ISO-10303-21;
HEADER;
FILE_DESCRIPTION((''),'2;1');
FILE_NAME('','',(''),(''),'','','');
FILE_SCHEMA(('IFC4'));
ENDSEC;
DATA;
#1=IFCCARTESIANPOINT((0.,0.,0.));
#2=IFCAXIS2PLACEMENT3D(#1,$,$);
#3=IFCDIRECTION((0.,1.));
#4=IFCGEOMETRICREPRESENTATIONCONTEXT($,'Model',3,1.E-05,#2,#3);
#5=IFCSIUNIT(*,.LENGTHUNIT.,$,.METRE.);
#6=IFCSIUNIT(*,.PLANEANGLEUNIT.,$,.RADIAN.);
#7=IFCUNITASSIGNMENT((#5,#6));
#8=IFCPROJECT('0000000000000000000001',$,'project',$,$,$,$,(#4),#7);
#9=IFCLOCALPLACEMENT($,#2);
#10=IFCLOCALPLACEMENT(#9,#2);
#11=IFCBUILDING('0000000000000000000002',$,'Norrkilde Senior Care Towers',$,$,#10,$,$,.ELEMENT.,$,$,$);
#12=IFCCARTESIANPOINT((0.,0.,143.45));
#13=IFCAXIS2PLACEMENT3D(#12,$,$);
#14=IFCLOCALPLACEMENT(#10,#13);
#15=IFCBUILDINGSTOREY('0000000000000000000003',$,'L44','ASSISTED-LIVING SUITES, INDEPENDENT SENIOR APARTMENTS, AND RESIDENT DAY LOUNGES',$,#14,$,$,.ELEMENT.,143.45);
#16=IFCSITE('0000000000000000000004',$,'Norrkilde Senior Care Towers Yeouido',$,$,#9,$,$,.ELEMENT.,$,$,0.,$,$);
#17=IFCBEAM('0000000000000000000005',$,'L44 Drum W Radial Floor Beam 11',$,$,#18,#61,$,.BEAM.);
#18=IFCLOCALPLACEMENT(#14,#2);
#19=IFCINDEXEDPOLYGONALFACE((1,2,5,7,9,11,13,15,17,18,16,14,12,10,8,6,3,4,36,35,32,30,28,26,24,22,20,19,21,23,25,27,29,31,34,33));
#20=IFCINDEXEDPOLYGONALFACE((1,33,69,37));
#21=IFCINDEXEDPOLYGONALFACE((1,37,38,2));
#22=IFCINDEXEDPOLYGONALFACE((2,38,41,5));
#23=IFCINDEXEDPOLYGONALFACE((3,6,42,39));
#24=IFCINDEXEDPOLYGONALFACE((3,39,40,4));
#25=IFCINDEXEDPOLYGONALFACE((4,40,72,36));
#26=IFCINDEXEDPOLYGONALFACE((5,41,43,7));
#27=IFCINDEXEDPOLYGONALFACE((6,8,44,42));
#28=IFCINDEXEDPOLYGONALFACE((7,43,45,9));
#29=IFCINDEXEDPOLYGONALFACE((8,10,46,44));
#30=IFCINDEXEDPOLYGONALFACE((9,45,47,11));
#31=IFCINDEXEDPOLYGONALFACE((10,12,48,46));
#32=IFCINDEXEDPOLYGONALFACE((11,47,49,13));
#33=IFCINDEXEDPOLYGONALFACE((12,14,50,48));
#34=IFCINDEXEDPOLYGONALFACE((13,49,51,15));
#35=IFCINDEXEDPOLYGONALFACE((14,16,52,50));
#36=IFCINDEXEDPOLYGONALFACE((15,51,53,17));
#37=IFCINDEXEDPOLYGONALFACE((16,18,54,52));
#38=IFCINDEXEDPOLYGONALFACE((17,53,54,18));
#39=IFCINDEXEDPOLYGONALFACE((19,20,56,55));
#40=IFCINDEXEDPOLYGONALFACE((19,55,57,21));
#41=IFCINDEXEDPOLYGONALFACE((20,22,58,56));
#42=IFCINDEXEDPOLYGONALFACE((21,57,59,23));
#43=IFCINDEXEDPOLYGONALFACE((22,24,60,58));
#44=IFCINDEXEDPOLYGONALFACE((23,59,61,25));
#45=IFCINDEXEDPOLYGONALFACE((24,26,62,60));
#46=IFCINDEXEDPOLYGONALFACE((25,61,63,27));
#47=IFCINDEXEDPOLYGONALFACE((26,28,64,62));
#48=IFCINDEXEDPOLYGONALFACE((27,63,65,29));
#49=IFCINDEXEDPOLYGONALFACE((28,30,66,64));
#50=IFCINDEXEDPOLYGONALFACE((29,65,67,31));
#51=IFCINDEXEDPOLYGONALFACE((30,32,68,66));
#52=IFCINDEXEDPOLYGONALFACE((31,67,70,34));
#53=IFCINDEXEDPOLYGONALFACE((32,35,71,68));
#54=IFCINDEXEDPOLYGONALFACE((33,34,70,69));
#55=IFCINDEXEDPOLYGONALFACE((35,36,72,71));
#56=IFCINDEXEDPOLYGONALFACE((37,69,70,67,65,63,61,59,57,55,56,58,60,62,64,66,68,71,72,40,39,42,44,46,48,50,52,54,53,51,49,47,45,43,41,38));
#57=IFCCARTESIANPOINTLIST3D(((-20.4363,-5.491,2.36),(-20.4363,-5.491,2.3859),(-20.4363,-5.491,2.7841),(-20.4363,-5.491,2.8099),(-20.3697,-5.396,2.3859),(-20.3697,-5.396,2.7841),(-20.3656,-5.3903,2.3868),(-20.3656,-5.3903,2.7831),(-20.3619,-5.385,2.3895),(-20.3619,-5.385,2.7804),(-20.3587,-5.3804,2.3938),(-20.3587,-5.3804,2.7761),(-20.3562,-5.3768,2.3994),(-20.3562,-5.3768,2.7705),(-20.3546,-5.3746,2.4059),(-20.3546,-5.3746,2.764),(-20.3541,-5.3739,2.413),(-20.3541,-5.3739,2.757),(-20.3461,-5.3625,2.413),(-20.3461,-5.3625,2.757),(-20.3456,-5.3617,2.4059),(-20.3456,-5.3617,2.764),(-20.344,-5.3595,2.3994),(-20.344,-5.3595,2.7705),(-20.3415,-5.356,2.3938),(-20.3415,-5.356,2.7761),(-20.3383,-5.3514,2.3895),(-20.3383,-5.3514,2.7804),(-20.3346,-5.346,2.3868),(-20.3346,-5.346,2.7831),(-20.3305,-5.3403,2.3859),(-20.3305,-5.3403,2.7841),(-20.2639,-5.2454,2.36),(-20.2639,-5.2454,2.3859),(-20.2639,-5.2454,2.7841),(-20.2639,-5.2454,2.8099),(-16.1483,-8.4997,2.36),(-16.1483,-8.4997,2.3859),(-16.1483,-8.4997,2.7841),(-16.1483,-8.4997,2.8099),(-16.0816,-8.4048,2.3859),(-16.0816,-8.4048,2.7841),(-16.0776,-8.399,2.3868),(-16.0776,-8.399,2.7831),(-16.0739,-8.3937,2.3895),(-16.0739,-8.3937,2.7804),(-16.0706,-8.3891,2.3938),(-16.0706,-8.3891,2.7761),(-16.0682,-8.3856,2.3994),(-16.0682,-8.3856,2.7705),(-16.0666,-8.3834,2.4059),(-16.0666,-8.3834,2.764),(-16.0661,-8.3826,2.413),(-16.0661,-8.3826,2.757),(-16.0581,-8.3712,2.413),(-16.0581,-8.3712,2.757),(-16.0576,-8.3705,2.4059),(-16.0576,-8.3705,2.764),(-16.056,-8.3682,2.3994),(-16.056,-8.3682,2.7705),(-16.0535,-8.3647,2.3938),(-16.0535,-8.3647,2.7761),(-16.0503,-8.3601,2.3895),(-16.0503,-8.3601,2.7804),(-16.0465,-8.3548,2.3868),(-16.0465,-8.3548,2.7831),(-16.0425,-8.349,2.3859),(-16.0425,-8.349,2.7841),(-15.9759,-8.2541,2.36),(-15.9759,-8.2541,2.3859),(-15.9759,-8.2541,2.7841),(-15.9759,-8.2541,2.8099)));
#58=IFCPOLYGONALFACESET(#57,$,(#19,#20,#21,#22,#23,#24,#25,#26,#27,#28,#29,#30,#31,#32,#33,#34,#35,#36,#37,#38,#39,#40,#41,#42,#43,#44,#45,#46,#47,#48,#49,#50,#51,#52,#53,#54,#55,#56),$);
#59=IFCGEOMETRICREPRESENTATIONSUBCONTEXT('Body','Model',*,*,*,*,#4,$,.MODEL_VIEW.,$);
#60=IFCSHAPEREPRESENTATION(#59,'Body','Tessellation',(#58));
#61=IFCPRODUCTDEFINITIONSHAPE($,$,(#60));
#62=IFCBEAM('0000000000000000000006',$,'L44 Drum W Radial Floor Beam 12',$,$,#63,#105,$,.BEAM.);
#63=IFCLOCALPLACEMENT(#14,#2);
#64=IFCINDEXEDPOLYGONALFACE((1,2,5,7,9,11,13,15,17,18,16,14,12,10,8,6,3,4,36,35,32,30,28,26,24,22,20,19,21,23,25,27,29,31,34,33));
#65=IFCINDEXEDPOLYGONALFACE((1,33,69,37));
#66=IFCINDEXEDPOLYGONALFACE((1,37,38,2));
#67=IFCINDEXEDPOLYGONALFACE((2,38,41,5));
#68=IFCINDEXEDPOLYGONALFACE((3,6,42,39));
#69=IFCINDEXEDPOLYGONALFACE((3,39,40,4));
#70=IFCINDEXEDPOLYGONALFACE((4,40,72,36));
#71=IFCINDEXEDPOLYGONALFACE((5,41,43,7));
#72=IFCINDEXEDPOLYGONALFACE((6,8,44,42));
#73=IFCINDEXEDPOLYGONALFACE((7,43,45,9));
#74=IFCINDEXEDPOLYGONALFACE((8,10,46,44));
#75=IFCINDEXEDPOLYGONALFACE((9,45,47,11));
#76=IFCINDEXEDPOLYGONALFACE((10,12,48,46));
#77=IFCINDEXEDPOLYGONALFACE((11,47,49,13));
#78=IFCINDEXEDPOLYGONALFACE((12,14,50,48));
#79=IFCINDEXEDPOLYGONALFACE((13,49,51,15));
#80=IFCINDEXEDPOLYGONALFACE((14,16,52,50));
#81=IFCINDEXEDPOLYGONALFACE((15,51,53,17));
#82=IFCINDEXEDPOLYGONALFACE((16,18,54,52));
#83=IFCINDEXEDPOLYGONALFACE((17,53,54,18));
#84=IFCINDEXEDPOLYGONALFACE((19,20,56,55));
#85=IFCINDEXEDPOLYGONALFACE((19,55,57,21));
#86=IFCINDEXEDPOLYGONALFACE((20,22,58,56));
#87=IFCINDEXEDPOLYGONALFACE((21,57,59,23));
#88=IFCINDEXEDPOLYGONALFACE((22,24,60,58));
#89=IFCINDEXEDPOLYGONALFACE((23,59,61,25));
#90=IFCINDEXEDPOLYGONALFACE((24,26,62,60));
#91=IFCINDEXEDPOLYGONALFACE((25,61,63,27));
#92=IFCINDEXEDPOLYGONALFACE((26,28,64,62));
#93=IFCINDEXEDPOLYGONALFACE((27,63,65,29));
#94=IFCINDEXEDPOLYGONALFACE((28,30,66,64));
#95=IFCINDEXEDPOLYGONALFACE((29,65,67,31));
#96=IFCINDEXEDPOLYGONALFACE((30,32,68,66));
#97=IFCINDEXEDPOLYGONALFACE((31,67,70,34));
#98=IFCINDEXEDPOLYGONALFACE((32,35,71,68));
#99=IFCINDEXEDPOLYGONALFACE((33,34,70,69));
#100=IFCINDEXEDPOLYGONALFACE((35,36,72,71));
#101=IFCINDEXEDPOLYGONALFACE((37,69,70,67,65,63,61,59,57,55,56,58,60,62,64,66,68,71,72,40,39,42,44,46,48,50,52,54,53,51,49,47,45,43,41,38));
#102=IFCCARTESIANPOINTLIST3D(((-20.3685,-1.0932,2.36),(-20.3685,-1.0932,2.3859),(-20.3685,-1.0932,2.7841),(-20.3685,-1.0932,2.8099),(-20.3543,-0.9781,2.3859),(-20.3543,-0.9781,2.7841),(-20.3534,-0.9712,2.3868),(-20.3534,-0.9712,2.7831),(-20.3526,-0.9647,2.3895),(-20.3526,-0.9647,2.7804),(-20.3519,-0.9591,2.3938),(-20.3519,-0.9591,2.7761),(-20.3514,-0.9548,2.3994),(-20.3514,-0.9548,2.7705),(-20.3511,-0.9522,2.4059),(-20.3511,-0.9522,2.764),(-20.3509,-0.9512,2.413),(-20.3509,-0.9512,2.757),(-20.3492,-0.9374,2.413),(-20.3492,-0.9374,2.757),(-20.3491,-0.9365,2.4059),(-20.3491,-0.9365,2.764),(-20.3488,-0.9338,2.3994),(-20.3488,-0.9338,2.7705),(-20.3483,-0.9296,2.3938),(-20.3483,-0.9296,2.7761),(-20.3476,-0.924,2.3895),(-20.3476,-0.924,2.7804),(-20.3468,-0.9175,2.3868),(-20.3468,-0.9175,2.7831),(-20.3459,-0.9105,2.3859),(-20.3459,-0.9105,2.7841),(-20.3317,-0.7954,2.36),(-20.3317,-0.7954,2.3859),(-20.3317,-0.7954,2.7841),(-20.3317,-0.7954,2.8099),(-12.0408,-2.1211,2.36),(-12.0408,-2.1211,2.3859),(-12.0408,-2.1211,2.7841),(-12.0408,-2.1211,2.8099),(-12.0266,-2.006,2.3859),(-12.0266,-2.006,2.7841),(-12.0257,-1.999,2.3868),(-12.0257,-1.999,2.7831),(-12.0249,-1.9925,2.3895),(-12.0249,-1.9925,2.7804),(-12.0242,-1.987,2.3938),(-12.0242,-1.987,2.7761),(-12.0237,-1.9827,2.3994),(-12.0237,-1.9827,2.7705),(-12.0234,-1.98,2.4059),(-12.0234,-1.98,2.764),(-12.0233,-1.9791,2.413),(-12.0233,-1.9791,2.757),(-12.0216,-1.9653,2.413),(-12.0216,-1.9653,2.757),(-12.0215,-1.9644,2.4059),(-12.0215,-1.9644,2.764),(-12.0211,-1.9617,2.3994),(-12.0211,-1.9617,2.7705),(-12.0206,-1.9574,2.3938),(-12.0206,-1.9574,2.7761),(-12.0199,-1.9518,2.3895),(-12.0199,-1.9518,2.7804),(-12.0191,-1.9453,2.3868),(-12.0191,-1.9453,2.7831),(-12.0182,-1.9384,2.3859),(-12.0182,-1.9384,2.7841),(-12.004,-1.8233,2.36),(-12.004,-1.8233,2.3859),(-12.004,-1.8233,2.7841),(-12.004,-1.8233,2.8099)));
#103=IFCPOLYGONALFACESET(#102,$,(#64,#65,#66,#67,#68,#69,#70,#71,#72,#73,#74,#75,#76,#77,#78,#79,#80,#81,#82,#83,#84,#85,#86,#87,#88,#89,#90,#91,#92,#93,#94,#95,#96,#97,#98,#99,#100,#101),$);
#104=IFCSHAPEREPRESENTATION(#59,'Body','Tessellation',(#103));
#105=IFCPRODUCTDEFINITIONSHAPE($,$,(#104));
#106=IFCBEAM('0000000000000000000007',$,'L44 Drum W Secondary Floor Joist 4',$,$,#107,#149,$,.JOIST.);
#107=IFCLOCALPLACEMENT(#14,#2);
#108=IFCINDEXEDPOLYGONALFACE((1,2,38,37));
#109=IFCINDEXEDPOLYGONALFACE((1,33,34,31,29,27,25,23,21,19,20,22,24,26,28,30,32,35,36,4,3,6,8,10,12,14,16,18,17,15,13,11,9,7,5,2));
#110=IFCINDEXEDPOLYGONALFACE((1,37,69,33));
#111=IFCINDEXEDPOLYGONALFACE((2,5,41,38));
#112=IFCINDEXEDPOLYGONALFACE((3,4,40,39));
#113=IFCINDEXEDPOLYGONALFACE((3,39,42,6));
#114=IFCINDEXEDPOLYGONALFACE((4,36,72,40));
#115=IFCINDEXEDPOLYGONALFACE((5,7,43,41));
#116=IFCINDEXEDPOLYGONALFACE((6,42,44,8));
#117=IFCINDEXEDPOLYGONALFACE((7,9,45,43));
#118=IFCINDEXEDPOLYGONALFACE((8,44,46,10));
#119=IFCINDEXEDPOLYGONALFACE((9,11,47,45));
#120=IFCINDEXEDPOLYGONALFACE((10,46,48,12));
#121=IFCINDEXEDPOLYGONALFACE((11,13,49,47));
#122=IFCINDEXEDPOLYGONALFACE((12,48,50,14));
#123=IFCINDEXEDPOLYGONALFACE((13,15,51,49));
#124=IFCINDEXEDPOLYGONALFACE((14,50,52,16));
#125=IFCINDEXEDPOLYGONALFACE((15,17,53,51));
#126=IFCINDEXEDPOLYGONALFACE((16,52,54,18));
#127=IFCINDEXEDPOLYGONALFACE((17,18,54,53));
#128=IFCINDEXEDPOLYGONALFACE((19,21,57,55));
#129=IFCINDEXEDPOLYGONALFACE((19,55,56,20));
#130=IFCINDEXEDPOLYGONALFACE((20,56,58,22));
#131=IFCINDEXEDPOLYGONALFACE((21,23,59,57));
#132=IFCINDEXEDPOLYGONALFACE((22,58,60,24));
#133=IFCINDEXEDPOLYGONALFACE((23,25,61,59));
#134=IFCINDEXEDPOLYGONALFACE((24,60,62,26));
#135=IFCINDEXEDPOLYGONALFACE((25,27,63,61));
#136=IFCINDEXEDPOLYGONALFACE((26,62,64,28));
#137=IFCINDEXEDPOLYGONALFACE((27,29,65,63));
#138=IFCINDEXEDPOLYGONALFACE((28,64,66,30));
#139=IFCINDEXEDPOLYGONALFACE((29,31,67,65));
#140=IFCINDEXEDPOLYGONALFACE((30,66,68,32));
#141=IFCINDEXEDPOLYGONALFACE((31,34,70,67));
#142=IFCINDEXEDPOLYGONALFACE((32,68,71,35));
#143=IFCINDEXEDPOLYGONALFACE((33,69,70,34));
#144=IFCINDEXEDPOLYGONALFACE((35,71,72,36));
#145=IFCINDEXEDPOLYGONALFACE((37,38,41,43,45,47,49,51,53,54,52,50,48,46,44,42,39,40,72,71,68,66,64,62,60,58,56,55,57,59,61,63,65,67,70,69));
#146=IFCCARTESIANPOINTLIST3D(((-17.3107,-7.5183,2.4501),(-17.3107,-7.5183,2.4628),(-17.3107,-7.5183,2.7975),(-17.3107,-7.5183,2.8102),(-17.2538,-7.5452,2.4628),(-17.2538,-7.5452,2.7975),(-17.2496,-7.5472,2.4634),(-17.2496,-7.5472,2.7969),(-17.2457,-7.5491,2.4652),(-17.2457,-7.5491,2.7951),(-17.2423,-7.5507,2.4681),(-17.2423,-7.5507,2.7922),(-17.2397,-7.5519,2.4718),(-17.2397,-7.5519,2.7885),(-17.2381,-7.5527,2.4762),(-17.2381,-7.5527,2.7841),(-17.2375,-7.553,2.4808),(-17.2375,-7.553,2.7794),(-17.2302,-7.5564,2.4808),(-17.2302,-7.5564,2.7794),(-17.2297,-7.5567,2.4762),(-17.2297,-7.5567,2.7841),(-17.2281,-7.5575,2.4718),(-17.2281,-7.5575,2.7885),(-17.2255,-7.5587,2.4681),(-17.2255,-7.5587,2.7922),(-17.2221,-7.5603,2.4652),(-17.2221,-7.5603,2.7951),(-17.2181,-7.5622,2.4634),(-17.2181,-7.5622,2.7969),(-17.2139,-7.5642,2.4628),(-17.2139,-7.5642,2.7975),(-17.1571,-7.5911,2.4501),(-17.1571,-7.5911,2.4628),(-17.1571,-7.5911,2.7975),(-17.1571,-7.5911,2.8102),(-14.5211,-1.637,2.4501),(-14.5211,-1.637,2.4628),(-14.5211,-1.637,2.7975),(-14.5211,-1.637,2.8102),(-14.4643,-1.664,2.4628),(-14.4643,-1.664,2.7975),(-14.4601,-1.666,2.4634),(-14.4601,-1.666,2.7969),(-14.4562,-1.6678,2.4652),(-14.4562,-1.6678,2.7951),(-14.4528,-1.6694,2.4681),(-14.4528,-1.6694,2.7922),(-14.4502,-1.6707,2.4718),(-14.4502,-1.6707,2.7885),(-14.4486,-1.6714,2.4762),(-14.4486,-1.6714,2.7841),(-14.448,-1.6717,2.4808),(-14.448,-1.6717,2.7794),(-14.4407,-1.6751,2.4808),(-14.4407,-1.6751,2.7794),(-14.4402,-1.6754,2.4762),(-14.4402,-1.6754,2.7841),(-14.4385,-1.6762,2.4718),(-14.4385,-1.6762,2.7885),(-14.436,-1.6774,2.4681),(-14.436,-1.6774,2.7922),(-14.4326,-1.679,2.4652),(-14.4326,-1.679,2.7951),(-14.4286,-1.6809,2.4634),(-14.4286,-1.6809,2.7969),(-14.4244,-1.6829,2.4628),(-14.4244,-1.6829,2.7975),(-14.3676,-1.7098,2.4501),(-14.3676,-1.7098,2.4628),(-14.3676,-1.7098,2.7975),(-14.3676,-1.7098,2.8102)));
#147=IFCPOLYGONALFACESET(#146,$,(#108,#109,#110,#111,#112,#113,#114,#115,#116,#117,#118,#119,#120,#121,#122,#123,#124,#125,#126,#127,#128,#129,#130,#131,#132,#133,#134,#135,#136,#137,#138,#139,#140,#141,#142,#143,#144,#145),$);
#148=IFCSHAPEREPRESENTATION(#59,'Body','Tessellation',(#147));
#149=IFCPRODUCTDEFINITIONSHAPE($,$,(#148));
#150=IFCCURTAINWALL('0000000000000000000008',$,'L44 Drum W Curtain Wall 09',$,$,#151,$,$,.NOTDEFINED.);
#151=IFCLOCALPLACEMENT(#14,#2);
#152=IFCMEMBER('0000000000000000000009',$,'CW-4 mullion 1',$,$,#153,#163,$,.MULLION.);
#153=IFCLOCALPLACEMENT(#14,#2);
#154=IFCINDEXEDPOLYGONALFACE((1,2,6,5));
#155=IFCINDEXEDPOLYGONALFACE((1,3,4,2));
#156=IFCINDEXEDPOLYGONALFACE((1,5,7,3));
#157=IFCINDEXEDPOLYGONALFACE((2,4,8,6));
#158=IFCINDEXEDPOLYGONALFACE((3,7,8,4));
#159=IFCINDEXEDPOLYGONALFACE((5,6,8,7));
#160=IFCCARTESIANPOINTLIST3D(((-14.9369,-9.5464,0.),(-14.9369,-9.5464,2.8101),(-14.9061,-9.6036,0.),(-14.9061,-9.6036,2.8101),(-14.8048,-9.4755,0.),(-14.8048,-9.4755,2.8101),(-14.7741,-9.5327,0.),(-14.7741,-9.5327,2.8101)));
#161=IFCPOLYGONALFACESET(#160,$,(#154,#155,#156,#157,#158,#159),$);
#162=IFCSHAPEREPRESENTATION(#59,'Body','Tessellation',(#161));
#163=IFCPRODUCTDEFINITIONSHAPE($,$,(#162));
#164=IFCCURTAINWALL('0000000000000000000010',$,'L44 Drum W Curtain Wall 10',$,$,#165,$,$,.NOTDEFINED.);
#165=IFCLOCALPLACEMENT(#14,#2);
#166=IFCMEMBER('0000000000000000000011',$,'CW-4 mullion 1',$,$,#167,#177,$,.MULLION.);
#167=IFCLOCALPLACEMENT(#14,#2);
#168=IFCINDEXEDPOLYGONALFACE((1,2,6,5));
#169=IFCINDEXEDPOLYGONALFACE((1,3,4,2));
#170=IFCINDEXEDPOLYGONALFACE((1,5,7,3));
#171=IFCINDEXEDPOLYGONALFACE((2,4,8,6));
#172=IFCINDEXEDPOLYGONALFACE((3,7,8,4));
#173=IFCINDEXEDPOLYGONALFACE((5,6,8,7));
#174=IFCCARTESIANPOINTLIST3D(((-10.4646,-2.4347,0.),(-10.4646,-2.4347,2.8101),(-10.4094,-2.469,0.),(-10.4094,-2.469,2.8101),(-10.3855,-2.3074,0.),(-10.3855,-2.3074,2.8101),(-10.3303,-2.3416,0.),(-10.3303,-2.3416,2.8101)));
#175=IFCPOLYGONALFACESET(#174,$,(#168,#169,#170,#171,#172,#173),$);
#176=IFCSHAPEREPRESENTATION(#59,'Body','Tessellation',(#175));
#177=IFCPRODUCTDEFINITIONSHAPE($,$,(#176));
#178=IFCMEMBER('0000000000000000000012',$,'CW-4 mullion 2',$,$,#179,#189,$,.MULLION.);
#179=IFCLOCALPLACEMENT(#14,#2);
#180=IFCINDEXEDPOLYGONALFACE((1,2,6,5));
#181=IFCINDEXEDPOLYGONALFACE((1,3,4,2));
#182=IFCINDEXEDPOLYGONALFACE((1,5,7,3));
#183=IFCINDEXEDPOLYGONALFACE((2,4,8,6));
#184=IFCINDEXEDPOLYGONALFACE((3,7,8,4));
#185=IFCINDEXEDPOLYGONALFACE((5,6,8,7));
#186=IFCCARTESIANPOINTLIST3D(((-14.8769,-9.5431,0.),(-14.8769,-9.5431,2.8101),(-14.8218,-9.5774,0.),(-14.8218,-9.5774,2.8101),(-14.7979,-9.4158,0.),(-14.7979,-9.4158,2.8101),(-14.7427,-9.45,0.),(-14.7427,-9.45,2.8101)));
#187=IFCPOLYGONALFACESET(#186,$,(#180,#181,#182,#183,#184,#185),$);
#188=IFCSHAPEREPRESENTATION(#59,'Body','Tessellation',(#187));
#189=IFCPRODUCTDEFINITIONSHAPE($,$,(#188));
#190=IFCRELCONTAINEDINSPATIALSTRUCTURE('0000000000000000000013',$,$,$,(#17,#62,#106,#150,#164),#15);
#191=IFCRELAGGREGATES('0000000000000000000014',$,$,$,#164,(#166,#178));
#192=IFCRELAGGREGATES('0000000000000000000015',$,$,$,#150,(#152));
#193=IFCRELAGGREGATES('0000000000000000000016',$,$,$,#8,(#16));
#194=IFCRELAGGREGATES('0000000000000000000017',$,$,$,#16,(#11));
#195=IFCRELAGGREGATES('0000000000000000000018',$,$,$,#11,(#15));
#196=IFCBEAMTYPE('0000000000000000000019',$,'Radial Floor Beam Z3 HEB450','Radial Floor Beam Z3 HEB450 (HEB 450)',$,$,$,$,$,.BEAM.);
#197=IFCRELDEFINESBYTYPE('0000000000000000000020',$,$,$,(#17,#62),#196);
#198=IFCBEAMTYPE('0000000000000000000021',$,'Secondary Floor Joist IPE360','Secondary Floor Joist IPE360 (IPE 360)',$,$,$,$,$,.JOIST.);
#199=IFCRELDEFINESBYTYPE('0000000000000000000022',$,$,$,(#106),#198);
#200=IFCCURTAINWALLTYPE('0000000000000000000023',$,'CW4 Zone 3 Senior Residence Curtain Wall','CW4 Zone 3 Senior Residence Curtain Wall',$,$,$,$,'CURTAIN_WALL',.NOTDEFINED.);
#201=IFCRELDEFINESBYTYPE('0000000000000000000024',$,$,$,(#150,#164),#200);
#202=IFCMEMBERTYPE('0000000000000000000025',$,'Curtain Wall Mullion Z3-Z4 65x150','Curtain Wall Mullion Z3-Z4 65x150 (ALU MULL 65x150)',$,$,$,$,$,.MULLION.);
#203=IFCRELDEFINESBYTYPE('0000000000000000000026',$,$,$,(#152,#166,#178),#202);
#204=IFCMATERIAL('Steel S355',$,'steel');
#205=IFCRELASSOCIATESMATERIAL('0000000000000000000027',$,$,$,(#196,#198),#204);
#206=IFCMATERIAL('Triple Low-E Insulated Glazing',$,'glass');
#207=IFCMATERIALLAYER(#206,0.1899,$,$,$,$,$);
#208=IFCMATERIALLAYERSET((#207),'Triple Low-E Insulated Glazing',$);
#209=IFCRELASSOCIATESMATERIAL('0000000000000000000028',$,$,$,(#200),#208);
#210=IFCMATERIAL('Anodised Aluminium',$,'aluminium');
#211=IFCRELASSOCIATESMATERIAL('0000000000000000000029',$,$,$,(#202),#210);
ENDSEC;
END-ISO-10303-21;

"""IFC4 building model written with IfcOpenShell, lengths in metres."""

from ifc_helpers import new_model, si_unit, direction, frame, origin, origin_2d, place, context, subcontext, project, spatial, rectangle, i_section, extrude, source, transform, mapped, material, layer, layer_set, material_profile, profile_set, type_object, type_shapes, element, aggregate, save


model = new_model("IFC4")

# Units and contexts
model_context = context("Model", 3, precision=1e-05, world=origin(), true_north=direction((0.0, 1.0)))
body_context = subcontext(model_context, "Body", "Model", "MODEL_VIEW")
ifc_project = project(units=[si_unit("LENGTHUNIT", "METRE"), si_unit("PLANEANGLEUNIT", "RADIAN")], contexts=[model_context])

# Site, building, storey
site_placement = place(None, origin())
site = spatial("IfcSite", under=ifc_project, at=site_placement, Name="Norrkilde Senior Care Towers Yeouido", CompositionType="ELEMENT", RefElevation=0.0)
building_placement = place(site_placement, origin())
building = spatial("IfcBuilding", under=site, at=building_placement, Name="Norrkilde Senior Care Towers", CompositionType="ELEMENT")
storey_placement = place(building_placement, frame((0.0, 0.0, 143.45)))
storey = spatial("IfcBuildingStorey", under=building, at=storey_placement, Name="L44", Description="ASSISTED-LIVING SUITES, INDEPENDENT SENIOR APARTMENTS, AND RESIDENT DAY LOUNGES", CompositionType="ELEMENT", Elevation=143.45)

# Beams
ifc_material_1 = material(Name="Steel S355", Category="steel")
ifc_material_profile_1 = material_profile(ifc_material_1, i_section(OverallWidth=0.3, OverallDepth=0.45, WebThickness=0.0139, FlangeThickness=0.0259, FilletRadius=0.0271, at=origin_2d()), Name="HEB 450")
ifc_profile_set_1 = profile_set([ifc_material_profile_1], Name="Steel S355")
beam_type_1 = type_object("IfcBeamType", Name="Radial Floor Beam Z3 HEB450", Description="Radial Floor Beam Z3 HEB450 (HEB 450)", PredefinedType="BEAM", material=ifc_profile_set_1)
shared_shape_1 = source(origin(), body_context, "Body", "SweptSolid", [
    extrude(i_section(OverallWidth=0.3, OverallDepth=0.45, WebThickness=0.0139, FlangeThickness=0.0259, FilletRadius=0.0271, at=origin_2d()), origin(), (0.0, 0.0, 1.0), 5.2383),
])
beam_1_placement = place(storey_placement, frame((-20.3501, -5.3682, 2.585), z_axis=(0.818592, -0.574375, 0.0), x_axis=(0.574375, 0.818592, 0.0)))
element("IfcBeam", 1, at=beam_1_placement, inside=storey, type_object=beam_type_1, Name="L44 Drum W Radial Floor Beam 11", PredefinedType="BEAM", context=body_context, shape_type="MappedRepresentation", body=[
    mapped(shared_shape_1, transform((0.0, 0.0, 0.0), x_axis=(1.0, 0.0, 0.0), y_axis=(0.0, 1.0, 0.0), z_axis=(0.0, 0.0, 1.0), scale=1.0)),
])
shared_shape_2 = source(origin(), body_context, "Body", "SweptSolid", [
    extrude(i_section(OverallWidth=0.3, OverallDepth=0.45, WebThickness=0.0139, FlangeThickness=0.0259, FilletRadius=0.0271, at=origin_2d()), origin(), (0.0, 0.0, 1.0), 8.3909),
])
type_shapes(beam_type_1, [shared_shape_1, shared_shape_2])
beam_2_placement = place(storey_placement, frame((-20.3501, -0.9443, 2.585), z_axis=(0.992469, -0.122495, 0.0), x_axis=(0.122495, 0.992469, 0.0)))
element("IfcBeam", 2, at=beam_2_placement, inside=storey, type_object=beam_type_1, Name="L44 Drum W Radial Floor Beam 12", PredefinedType="BEAM", context=body_context, shape_type="MappedRepresentation", body=[
    mapped(shared_shape_2, transform((0.0, 0.0, 0.0), x_axis=(1.0, 0.0, 0.0), y_axis=(0.0, 1.0, 0.0), z_axis=(0.0, 0.0, 1.0), scale=1.0)),
])
ifc_material_profile_2 = material_profile(ifc_material_1, i_section(OverallWidth=0.1699, OverallDepth=0.3601, WebThickness=0.0081, FlangeThickness=0.0127, FilletRadius=0.0181, at=origin_2d()), Name="IPE 360")
ifc_profile_set_2 = profile_set([ifc_material_profile_2], Name="Steel S355")
beam_type_2 = type_object("IfcBeamType", Name="Secondary Floor Joist IPE360", Description="Secondary Floor Joist IPE360 (IPE 360)", PredefinedType="JOIST", material=ifc_profile_set_2)
shared_shape_3 = source(origin(), body_context, "Body", "SweptSolid", [
    extrude(i_section(OverallWidth=0.1699, OverallDepth=0.3601, WebThickness=0.0081, FlangeThickness=0.0127, FilletRadius=0.0181, at=origin_2d()), origin(), (0.0, 0.0, 1.0), 6.5093),
])
type_shapes(beam_type_2, [shared_shape_3])
beam_3_placement = place(storey_placement, frame((-17.2339, -7.5547, 2.6301), z_axis=(0.428544, 0.903521, 0.0), x_axis=(-0.903521, 0.428544, 0.0)))
element("IfcBeam", 3, at=beam_3_placement, inside=storey, type_object=beam_type_2, Name="L44 Drum W Secondary Floor Joist 4", PredefinedType="JOIST", context=body_context, shape_type="MappedRepresentation", body=[
    mapped(shared_shape_3, transform((0.0, 0.0, 0.0), x_axis=(1.0, 0.0, 0.0), y_axis=(0.0, 1.0, 0.0), z_axis=(0.0, 0.0, 1.0), scale=1.0)),
])

# Curtain wall, member
ifc_material_2 = material(Name="Triple Low-E Insulated Glazing", Category="glass")
ifc_layer_1 = layer(ifc_material_2, 0.1899)
ifc_layer_set_1 = layer_set([ifc_layer_1], Name="Triple Low-E Insulated Glazing")
curtain_wall_type = type_object("IfcCurtainWallType", Name="CW4 Zone 3 Senior Residence Curtain Wall", Description="CW4 Zone 3 Senior Residence Curtain Wall", ElementType="CURTAIN_WALL", PredefinedType="NOTDEFINED", material=ifc_layer_set_1)
curtain_wall_1_placement = place(storey_placement, origin())
curtain_wall_1 = element("IfcCurtainWall", 4, at=curtain_wall_1_placement, inside=storey, type_object=curtain_wall_type, Name="L44 Drum W Curtain Wall 09", PredefinedType="NOTDEFINED")
ifc_material_3 = material(Name="Anodised Aluminium", Category="aluminium")
ifc_material_profile_3 = material_profile(ifc_material_3, rectangle(XDim=0.0649, YDim=0.1499, at=origin_2d()), Name="ALU MULL 65x150")
ifc_profile_set_3 = profile_set([ifc_material_profile_3], Name="Anodised Aluminium")
member_type_1 = type_object("IfcMemberType", Name="Curtain Wall Mullion Z3-Z4 65x150", Description="Curtain Wall Mullion Z3-Z4 65x150 (ALU MULL 65x150)", PredefinedType="MULLION", material=ifc_profile_set_3)
shared_shape_4 = source(origin(), body_context, "Body", "SweptSolid", [
    extrude(rectangle(XDim=0.0649, YDim=0.1499, at=origin_2d()), origin(), (0.0, 0.0, 1.0), 2.8101),
])
type_shapes(member_type_1, [shared_shape_4])
member_1_placement = place(storey_placement, frame((-14.8555, -9.5396, 0.0), z_axis=(0.0, 0.0, 1.0), x_axis=(0.473117, -0.881, 0.0)))
member_1 = element("IfcMember", 5, at=member_1_placement, type_object=member_type_1, Name="CW-4 mullion 1", PredefinedType="MULLION", context=body_context, shape_type="MappedRepresentation", body=[
    mapped(shared_shape_4, transform((0.0, 0.0, 0.0), x_axis=(1.0, 0.0, 0.0), y_axis=(0.0, 1.0, 0.0), z_axis=(0.0, 0.0, 1.0), scale=1.0)),
])

# Curtain wall, members
curtain_wall_2_placement = place(storey_placement, origin())
curtain_wall_2 = element("IfcCurtainWall", 6, at=curtain_wall_2_placement, inside=storey, type_object=curtain_wall_type, Name="L44 Drum W Curtain Wall 10", PredefinedType="NOTDEFINED")
member_2_placement = place(storey_placement, frame((-10.3975, -2.3882, 0.0), z_axis=(0.0, 0.0, 1.0), x_axis=(0.849634, -0.527373, 0.0)))
member_2 = element("IfcMember", 7, at=member_2_placement, type_object=member_type_1, Name="CW-4 mullion 1", PredefinedType="MULLION", context=body_context, shape_type="MappedRepresentation", body=[
    mapped(shared_shape_4, transform((0.0, 0.0, 0.0), x_axis=(1.0, 0.0, 0.0), y_axis=(0.0, 1.0, 0.0), z_axis=(0.0, 0.0, 1.0), scale=1.0)),
])
member_3_placement = place(storey_placement, frame((-14.8098, -9.4966, 0.0), z_axis=(0.0, 0.0, 1.0), x_axis=(0.849634, -0.527373, 0.0)))
member_3 = element("IfcMember", 8, at=member_3_placement, type_object=member_type_1, Name="CW-4 mullion 2", PredefinedType="MULLION", context=body_context, shape_type="MappedRepresentation", body=[
    mapped(shared_shape_4, transform((0.0, 0.0, 0.0), x_axis=(1.0, 0.0, 0.0), y_axis=(0.0, 1.0, 0.0), z_axis=(0.0, 0.0, 1.0), scale=1.0)),
])

aggregate(curtain_wall_2, [member_2, member_3])
aggregate(curtain_wall_1, [member_1])

save(model, "model.ifc")
